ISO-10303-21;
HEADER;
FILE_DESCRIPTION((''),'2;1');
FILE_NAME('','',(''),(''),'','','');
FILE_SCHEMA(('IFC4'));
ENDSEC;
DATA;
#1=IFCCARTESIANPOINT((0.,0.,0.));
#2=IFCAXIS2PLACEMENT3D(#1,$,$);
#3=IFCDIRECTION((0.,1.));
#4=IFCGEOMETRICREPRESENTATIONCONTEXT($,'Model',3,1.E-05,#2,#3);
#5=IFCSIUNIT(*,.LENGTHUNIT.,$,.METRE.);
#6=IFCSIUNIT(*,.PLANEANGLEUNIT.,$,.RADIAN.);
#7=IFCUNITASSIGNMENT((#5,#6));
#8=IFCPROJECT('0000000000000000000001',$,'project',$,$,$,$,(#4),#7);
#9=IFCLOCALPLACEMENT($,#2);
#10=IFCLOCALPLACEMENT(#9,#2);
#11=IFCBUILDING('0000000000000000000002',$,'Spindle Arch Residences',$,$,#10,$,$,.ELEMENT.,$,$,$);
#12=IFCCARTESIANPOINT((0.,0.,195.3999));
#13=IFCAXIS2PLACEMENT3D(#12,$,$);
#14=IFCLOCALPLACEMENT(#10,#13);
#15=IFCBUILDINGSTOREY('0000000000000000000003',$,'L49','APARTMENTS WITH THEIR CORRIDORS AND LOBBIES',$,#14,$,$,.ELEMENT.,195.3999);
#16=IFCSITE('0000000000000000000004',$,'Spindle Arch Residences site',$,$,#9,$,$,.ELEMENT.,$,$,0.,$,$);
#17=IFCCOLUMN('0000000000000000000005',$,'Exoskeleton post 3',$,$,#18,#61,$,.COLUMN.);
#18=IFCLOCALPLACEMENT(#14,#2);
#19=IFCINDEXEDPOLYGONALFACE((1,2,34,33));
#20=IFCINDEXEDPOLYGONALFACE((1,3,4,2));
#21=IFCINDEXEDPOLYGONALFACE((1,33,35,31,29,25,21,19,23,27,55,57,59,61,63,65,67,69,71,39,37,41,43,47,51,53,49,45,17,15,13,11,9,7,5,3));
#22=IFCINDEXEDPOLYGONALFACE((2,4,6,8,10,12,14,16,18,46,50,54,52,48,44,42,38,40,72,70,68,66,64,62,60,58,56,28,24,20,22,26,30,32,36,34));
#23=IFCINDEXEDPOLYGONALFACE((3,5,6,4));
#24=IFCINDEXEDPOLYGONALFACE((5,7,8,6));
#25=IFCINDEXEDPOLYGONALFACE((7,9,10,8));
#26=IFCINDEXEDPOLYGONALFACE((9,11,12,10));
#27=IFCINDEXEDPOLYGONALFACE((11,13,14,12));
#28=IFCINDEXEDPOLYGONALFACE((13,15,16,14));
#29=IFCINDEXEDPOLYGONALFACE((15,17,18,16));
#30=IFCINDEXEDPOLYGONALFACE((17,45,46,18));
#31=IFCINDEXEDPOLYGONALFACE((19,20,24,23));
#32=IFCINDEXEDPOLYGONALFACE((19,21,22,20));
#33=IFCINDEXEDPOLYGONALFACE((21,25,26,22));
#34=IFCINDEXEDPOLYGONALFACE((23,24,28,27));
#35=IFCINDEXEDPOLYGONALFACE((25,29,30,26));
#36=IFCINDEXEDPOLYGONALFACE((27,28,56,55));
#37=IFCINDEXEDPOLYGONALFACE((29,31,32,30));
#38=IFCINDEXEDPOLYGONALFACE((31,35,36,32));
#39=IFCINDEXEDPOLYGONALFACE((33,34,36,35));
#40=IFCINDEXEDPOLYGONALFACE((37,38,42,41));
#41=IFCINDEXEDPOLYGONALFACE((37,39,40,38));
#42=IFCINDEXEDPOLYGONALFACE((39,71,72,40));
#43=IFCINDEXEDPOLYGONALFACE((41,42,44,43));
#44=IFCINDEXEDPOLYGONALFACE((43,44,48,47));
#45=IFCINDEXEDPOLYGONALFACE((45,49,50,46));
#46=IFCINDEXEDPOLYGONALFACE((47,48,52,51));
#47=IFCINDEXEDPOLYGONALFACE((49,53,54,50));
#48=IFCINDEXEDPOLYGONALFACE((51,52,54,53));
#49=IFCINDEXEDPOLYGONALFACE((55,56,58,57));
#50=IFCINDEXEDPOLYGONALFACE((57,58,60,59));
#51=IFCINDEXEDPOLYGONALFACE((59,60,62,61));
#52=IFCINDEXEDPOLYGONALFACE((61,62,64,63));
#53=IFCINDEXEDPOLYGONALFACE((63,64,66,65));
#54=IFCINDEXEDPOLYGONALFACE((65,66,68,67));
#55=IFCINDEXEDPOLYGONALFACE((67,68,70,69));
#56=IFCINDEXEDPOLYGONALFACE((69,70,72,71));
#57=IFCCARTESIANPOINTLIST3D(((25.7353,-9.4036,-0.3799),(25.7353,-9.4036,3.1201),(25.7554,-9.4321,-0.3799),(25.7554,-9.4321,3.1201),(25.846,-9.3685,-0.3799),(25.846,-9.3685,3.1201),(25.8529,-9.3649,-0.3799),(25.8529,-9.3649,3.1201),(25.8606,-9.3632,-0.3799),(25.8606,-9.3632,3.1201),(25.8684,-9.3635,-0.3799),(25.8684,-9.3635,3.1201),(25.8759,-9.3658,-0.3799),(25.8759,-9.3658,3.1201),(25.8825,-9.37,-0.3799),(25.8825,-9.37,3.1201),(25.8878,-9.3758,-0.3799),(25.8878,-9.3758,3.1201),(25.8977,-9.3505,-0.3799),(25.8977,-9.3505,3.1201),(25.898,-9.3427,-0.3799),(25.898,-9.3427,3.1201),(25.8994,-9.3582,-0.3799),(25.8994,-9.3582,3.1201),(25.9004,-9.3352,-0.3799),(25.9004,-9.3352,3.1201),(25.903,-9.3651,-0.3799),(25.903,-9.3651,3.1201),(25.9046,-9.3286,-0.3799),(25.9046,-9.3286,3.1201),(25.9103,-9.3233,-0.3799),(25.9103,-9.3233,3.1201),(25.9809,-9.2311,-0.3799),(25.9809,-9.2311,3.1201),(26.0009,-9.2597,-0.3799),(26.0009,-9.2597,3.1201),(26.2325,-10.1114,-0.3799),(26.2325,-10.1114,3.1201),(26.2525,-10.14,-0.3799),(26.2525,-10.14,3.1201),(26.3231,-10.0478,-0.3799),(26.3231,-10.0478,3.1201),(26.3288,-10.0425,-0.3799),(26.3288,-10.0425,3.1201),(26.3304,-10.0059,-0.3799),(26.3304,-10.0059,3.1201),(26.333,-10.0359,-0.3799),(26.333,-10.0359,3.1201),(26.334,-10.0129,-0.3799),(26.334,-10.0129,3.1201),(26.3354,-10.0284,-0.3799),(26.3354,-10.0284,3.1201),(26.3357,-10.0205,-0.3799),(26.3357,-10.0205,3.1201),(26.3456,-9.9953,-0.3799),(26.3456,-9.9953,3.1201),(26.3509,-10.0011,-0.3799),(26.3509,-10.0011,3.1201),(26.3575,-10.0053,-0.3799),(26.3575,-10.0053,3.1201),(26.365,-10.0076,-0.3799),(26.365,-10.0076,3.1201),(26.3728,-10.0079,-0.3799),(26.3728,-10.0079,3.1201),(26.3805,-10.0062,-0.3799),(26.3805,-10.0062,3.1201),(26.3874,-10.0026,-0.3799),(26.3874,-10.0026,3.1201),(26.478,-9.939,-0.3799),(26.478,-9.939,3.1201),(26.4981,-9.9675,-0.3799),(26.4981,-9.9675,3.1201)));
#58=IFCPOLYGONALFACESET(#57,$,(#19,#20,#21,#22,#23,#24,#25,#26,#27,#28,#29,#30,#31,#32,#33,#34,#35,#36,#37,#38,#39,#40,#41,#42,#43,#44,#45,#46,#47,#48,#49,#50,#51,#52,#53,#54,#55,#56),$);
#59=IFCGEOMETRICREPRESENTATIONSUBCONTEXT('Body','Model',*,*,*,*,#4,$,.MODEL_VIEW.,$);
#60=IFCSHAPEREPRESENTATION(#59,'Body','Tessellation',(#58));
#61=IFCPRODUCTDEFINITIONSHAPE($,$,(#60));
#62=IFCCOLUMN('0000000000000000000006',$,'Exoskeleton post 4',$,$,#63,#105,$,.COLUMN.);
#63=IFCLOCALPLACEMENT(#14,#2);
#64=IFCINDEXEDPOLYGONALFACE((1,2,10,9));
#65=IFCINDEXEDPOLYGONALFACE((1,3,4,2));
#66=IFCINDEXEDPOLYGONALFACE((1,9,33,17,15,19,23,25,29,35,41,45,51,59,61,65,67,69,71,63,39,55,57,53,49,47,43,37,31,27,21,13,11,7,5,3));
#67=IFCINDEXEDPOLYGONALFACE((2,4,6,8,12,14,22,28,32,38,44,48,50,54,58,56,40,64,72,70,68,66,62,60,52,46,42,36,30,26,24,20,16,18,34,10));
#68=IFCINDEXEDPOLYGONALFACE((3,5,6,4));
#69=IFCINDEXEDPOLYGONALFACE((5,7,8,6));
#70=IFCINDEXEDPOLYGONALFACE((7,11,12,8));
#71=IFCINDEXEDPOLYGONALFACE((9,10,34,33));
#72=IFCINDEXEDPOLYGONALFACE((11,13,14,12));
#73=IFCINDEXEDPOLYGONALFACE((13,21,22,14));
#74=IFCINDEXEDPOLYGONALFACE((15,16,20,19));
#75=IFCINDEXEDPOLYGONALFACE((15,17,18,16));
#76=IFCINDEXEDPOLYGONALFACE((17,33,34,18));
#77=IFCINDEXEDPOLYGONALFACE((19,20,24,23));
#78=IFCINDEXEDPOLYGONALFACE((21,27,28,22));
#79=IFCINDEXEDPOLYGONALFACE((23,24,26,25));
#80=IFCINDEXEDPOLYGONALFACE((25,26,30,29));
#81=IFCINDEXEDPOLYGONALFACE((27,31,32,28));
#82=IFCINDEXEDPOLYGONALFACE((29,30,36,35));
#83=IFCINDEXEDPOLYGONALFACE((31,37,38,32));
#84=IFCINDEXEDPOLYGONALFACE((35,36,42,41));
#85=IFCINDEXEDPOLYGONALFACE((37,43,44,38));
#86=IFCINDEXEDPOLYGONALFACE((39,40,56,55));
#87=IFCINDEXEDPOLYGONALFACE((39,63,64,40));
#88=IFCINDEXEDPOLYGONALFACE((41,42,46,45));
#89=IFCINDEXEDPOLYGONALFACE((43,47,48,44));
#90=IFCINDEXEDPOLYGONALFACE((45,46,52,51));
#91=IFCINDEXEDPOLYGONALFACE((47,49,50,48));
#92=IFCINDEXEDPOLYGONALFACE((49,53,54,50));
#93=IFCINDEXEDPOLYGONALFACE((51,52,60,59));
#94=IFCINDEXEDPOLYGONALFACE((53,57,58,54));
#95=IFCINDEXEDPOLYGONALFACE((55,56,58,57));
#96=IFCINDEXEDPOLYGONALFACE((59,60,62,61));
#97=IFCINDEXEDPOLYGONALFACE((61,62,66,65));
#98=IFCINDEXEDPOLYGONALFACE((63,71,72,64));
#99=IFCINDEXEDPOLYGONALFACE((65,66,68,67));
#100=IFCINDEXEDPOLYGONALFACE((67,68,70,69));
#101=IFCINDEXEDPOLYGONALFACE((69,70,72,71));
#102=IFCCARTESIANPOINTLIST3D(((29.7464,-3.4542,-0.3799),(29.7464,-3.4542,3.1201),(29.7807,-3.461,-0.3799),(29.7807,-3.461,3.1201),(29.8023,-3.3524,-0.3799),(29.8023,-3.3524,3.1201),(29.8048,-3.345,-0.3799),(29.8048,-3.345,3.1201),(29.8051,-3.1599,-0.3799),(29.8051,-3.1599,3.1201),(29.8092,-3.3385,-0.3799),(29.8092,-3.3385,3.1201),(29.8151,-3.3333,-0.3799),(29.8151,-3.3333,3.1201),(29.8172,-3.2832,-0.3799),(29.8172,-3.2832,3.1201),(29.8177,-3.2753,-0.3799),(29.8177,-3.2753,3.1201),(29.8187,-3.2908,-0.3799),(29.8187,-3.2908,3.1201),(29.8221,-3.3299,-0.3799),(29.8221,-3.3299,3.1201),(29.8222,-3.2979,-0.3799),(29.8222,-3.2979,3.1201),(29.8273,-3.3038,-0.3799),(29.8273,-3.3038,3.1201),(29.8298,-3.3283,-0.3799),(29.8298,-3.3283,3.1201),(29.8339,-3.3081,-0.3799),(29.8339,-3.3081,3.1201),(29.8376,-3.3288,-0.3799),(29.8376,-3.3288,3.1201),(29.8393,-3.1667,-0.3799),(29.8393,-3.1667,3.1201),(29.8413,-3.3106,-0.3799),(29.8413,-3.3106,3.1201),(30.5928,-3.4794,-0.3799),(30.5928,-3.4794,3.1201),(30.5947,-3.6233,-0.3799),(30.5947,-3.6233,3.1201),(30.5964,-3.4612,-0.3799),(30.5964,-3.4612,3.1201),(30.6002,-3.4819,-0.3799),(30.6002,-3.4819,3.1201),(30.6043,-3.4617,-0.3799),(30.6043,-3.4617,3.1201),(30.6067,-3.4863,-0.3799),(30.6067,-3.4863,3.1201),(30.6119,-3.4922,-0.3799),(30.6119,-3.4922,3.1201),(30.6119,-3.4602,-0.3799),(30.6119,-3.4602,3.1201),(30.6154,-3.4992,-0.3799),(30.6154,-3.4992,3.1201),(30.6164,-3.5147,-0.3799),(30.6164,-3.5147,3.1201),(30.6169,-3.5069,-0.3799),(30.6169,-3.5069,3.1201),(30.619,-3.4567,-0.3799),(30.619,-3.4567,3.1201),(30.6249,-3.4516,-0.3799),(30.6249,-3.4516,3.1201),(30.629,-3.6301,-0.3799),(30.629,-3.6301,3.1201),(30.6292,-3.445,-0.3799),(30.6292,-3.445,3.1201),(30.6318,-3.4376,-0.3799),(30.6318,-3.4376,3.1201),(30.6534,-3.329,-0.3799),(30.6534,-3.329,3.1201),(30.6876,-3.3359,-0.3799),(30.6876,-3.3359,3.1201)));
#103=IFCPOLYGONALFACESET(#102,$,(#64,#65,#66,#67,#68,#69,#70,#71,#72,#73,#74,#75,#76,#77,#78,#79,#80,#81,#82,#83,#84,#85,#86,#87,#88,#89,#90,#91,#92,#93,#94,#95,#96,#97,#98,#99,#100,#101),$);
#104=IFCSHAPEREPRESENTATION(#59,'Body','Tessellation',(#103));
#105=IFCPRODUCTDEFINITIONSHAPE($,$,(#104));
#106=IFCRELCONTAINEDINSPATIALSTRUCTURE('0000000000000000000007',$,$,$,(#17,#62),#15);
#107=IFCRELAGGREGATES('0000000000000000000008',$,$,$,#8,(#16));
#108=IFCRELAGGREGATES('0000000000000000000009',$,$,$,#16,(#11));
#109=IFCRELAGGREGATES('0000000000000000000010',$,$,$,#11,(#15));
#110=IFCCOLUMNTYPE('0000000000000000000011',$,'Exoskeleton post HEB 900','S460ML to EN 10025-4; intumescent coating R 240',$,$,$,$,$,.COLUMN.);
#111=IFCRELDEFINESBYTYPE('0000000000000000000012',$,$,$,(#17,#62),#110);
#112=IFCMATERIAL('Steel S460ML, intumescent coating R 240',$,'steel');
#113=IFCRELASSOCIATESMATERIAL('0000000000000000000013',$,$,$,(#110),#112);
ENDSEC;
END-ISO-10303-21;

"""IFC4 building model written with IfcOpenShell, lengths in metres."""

from ifc_helpers import new_model, si_unit, direction, frame, origin, origin_2d, place, context, subcontext, project, spatial, i_section, extrude, material, material_profile, profile_set, type_object, element, save


model = new_model("IFC4")

# Units and contexts
model_context = context("Model", 3, precision=1e-05, world=origin(), true_north=direction((0.0, 1.0)))
body_context = subcontext(model_context, "Body", "Model", "MODEL_VIEW")
ifc_project = project(units=[si_unit("LENGTHUNIT", "METRE"), si_unit("PLANEANGLEUNIT", "RADIAN")], contexts=[model_context])

# Site, building, storey
site_placement = place(None, origin())
site = spatial("IfcSite", under=ifc_project, at=site_placement, Name="Spindle Arch Residences site", CompositionType="ELEMENT", RefElevation=0.0)
building_placement = place(site_placement, origin())
building = spatial("IfcBuilding", under=site, at=building_placement, Name="Spindle Arch Residences", CompositionType="ELEMENT")
storey_placement = place(building_placement, frame((0.0, 0.0, 195.3999)))
storey = spatial("IfcBuildingStorey", under=building, at=storey_placement, Name="L49", Description="APARTMENTS WITH THEIR CORRIDORS AND LOBBIES", CompositionType="ELEMENT", Elevation=195.3999)

# Columns
ifc_material_1 = material(Name="Steel S460ML, intumescent coating R 240", Category="steel")
ifc_material_profile_1 = material_profile(ifc_material_1, i_section(OverallWidth=0.3, OverallDepth=0.8999, WebThickness=0.0186, FlangeThickness=0.0349, FilletRadius=0.03, at=origin_2d()), Name="HEB 900")
ifc_profile_set_1 = profile_set([ifc_material_profile_1], Name="Steel S460ML, intumescent coating R 240")
column_type_1 = type_object("IfcColumnType", Name="Exoskeleton post HEB 900", Description="S460ML to EN 10025-4; intumescent coating R 240", PredefinedType="COLUMN", material=ifc_profile_set_1)
for number, where, z_axis, x_axis, name in (
    (1, (26.1167, -9.6855, -0.3799), (0.0, 0.0, 1.0), (-0.818345, -0.574727, 0.0), "Exoskeleton post 3"),
    (2, (30.217, -3.395, -0.3799), (0.0, 0.0, 1.0), (-0.195505, -0.980703, 0.0), "Exoskeleton post 4"),
):
    element("IfcColumn", number, at=place(storey_placement, frame(where, z_axis=z_axis, x_axis=x_axis)), inside=storey, type_object=column_type_1, Name=name, PredefinedType="COLUMN", context=body_context, shape_type="SweptSolid", body=[
        extrude(i_section(OverallWidth=0.3, OverallDepth=0.8999, WebThickness=0.0186, FlangeThickness=0.0349, FilletRadius=0.03, at=origin_2d()), origin(), (0.0, 0.0, 1.0), 3.5),
    ])

save(model, "model.ifc")
